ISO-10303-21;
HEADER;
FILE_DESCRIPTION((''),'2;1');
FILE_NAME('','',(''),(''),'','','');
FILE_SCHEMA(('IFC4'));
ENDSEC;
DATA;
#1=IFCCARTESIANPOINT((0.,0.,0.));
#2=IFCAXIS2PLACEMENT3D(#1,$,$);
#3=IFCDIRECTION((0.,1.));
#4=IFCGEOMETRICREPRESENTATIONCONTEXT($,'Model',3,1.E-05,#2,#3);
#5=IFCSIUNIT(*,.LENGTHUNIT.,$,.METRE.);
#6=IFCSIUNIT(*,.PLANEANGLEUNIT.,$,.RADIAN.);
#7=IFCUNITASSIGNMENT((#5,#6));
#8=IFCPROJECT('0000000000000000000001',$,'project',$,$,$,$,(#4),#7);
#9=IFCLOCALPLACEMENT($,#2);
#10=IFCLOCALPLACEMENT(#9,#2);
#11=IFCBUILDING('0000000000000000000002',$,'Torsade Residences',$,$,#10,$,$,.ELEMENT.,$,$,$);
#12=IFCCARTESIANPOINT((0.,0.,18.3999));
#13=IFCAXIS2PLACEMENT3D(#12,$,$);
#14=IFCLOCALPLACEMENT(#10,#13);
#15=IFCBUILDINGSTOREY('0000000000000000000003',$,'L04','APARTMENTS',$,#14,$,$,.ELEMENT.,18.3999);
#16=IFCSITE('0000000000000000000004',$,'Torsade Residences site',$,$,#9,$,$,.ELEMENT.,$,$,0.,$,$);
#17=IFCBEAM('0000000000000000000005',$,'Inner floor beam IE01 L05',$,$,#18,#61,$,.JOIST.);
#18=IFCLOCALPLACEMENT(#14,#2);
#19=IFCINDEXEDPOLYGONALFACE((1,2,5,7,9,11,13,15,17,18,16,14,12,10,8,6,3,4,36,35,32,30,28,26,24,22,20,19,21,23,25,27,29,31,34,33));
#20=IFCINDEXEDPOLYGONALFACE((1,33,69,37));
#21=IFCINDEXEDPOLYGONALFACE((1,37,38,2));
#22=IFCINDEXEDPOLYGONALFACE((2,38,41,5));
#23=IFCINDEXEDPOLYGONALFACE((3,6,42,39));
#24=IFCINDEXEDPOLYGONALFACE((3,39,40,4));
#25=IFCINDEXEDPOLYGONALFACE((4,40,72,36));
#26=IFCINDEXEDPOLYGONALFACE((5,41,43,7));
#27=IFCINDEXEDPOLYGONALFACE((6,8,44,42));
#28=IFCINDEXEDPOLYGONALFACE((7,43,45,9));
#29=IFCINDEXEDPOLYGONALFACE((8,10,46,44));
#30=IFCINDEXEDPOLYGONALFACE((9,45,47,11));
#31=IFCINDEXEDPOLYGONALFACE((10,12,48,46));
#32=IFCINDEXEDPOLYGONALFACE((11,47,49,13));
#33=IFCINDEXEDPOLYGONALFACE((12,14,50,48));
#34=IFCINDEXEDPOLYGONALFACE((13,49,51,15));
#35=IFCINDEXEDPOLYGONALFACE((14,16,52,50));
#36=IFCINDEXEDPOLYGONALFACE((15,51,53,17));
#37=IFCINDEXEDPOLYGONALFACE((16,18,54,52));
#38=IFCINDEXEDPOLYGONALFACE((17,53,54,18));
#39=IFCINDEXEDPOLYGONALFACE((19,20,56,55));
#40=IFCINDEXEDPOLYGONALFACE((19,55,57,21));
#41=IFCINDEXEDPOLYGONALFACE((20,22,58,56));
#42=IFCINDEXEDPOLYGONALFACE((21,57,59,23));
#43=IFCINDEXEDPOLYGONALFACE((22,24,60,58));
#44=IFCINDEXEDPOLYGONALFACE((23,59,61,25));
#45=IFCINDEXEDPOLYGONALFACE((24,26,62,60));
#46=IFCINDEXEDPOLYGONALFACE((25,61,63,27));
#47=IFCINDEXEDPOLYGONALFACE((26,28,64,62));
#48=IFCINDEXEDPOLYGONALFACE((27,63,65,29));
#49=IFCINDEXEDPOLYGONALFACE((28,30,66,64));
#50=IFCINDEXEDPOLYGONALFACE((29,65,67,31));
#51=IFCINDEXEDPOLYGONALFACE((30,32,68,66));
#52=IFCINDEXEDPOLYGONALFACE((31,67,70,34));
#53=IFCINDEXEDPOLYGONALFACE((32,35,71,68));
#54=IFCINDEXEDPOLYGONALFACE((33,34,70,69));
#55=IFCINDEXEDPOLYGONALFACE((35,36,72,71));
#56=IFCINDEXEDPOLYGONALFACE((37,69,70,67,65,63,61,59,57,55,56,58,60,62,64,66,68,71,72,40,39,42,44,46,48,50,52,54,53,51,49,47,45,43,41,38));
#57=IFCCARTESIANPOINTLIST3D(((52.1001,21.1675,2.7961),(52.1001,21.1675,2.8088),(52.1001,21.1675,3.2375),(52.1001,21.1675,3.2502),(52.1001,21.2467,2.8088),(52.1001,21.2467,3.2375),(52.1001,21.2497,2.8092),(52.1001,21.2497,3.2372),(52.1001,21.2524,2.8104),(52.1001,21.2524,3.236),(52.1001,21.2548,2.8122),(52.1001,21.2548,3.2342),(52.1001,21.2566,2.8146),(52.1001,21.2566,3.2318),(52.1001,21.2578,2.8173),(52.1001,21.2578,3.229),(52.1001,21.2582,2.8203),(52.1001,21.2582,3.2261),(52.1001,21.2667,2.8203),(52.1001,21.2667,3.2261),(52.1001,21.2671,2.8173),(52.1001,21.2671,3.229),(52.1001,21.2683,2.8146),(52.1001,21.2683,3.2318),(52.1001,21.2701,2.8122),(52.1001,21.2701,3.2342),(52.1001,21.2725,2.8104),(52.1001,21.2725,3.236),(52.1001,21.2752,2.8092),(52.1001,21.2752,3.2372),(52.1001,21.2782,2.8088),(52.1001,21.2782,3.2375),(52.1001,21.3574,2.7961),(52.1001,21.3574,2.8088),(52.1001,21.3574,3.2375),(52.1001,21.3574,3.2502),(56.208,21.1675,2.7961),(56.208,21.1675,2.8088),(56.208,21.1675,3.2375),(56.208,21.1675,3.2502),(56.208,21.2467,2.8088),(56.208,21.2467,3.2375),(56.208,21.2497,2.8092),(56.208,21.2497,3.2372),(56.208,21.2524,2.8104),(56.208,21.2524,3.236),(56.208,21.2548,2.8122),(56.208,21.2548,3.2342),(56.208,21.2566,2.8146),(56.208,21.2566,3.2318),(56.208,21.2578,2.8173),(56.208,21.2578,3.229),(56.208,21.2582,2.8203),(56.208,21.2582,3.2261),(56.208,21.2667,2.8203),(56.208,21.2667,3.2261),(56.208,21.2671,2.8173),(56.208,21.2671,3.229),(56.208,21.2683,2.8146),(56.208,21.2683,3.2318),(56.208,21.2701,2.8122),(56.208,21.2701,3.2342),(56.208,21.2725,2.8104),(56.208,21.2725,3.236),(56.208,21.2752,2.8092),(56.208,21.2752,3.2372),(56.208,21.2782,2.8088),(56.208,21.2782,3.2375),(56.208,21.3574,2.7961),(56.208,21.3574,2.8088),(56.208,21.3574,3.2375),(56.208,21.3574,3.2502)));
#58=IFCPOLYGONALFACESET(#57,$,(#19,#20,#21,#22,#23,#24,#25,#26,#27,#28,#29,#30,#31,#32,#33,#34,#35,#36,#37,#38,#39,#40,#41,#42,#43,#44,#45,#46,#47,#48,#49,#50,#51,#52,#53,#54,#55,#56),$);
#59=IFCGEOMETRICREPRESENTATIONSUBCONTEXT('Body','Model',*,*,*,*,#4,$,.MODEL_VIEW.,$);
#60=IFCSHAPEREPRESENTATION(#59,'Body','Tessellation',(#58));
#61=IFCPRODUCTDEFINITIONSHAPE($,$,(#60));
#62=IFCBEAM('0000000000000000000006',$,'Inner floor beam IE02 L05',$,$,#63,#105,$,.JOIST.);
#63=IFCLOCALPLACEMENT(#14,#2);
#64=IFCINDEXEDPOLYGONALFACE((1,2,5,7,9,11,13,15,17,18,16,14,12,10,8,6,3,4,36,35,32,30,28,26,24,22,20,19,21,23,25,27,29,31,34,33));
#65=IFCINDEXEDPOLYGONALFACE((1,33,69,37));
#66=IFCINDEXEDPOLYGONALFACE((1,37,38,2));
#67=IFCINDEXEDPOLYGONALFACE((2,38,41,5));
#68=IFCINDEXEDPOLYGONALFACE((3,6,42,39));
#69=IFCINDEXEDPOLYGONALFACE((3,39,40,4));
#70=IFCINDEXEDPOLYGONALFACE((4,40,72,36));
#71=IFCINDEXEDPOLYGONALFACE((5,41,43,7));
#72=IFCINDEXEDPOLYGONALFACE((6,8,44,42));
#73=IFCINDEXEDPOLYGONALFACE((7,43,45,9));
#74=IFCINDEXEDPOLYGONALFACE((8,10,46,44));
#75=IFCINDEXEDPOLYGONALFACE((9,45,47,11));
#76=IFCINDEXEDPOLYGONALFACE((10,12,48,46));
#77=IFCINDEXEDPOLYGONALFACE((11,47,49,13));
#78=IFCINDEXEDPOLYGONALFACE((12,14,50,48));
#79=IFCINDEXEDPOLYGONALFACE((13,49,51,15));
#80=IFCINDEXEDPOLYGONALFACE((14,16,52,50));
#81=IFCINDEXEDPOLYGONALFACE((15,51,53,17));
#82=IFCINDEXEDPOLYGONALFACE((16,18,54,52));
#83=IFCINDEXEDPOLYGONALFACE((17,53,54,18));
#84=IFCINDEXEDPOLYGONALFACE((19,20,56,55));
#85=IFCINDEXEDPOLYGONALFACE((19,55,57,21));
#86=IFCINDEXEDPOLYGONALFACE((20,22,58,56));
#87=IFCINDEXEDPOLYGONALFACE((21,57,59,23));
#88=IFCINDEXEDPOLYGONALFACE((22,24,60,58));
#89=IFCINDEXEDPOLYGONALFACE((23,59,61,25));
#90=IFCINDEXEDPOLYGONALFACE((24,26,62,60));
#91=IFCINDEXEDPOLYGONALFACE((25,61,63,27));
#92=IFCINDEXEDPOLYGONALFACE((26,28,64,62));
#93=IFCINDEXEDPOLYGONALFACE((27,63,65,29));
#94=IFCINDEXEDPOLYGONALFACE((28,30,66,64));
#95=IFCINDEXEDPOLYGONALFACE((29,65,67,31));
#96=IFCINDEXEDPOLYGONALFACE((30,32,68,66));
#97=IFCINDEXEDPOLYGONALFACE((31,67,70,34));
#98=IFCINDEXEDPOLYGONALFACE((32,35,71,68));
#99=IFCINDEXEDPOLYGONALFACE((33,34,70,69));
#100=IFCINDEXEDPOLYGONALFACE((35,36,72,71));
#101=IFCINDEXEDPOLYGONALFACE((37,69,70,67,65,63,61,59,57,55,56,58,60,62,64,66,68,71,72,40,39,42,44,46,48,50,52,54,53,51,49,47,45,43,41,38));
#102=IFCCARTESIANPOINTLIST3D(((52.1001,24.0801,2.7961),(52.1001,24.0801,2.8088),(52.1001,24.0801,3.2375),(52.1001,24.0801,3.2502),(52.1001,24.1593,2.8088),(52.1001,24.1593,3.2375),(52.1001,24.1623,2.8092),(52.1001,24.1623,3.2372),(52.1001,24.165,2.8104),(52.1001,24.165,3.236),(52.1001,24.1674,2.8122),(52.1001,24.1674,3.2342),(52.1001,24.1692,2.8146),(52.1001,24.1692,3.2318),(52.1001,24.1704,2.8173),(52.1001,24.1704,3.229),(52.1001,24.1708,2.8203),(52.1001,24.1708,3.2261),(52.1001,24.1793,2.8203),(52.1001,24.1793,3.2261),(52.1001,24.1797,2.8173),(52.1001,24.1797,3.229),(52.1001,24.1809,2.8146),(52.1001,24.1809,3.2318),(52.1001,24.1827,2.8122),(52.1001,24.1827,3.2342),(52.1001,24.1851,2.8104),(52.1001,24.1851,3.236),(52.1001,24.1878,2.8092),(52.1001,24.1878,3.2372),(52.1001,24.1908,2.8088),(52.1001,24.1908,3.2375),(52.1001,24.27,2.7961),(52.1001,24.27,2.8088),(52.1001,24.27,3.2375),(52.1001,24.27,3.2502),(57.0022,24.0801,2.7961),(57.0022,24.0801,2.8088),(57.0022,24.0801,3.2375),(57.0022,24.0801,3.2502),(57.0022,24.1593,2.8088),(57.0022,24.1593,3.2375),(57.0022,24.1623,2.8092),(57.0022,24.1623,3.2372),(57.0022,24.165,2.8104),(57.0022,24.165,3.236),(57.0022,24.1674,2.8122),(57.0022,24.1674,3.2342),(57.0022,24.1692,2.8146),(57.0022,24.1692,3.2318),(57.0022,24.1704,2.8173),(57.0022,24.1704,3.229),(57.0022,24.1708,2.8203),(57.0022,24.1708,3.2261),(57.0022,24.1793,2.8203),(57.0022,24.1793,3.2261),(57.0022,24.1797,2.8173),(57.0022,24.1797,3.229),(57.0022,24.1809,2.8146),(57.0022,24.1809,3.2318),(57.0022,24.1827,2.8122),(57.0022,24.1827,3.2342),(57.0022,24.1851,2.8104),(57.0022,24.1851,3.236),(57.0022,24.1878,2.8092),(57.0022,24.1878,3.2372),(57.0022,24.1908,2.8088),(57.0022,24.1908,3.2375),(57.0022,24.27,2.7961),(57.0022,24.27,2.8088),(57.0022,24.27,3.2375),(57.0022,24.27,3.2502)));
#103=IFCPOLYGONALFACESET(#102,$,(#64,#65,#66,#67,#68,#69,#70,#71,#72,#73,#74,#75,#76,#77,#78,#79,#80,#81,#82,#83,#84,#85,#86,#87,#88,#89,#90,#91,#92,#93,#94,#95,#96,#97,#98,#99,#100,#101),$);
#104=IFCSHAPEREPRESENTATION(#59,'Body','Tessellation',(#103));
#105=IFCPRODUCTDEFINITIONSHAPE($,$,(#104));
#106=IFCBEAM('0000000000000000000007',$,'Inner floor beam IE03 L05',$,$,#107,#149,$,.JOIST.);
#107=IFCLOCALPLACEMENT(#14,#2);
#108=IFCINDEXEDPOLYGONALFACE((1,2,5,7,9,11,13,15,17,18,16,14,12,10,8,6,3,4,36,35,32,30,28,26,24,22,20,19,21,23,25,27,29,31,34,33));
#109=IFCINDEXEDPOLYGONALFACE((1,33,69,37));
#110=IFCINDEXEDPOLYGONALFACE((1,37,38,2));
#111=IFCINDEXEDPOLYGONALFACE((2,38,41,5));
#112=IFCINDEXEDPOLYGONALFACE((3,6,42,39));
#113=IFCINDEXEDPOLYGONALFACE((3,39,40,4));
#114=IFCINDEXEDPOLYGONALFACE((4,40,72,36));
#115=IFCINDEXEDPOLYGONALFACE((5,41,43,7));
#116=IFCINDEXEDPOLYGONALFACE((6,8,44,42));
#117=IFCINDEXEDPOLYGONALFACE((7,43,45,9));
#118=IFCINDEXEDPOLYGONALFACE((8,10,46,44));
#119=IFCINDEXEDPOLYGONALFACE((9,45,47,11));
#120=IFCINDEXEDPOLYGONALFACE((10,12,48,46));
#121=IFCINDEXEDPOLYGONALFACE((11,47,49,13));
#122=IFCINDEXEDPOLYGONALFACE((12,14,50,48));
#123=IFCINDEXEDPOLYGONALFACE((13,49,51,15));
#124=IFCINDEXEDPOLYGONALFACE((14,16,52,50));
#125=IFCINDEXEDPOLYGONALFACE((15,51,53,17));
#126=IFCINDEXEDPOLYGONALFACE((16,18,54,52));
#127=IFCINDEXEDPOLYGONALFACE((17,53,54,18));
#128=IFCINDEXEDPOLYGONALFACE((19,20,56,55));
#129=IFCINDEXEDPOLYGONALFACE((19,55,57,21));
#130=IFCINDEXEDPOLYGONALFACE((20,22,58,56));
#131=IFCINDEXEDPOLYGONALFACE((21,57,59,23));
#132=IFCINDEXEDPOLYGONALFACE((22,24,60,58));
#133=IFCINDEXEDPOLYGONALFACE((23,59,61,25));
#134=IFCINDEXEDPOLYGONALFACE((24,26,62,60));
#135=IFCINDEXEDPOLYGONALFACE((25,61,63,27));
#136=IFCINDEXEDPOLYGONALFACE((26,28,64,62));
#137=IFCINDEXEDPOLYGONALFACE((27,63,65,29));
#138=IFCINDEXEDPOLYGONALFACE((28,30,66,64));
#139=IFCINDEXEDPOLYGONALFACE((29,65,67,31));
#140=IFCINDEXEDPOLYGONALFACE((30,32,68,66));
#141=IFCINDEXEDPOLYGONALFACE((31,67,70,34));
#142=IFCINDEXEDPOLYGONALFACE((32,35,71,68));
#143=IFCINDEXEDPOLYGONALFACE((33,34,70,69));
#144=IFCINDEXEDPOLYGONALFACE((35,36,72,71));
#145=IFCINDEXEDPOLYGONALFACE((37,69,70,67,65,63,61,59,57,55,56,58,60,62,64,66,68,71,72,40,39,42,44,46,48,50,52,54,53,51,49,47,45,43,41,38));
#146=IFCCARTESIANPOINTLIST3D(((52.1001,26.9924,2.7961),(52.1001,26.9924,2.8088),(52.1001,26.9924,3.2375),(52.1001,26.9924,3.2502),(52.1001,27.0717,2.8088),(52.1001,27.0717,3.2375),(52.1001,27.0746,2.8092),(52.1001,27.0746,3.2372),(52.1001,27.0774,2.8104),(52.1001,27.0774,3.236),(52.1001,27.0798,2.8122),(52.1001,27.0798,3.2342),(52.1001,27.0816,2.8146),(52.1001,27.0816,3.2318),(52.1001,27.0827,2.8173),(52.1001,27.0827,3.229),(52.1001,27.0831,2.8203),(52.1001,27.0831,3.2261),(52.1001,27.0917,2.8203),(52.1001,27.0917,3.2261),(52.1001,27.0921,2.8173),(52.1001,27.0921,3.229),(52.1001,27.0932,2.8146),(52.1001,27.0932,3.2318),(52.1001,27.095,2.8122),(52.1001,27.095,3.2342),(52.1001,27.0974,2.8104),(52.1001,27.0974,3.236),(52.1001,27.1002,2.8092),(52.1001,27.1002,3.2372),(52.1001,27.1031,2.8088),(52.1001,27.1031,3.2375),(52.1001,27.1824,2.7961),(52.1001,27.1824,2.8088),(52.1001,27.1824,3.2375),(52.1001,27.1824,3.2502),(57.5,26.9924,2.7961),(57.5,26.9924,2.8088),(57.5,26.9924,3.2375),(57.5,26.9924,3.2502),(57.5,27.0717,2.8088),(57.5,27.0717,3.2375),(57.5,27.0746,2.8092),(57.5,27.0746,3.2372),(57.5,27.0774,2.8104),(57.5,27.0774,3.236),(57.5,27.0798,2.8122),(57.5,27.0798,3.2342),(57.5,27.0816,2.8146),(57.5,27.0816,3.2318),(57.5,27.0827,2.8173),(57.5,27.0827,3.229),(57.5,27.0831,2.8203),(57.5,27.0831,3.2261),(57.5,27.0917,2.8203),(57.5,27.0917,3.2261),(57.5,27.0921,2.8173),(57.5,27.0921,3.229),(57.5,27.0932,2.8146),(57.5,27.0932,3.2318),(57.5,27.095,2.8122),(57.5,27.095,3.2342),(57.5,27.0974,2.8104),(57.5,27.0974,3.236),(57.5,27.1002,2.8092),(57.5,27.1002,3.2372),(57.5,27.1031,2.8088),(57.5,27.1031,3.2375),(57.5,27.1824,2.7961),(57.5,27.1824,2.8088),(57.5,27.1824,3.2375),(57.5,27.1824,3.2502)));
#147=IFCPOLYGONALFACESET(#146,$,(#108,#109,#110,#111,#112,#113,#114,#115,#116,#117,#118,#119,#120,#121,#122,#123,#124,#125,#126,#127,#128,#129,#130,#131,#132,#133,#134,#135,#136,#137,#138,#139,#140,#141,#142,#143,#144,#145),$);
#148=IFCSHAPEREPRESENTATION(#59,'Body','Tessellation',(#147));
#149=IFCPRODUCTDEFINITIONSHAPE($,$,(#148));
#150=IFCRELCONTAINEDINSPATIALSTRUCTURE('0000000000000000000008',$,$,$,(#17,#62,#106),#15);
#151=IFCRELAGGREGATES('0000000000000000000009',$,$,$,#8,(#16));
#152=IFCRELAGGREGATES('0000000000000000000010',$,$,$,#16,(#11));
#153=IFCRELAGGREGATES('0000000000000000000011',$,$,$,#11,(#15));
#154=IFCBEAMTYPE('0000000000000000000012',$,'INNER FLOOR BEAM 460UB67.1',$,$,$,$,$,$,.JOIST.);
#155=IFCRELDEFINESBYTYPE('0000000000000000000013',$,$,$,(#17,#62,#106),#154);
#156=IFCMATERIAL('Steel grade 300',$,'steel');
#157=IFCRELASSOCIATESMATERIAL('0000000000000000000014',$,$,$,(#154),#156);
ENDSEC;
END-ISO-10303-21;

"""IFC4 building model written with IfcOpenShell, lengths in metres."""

from ifc_helpers import new_model, si_unit, direction, frame, origin, origin_2d, place, context, subcontext, project, spatial, i_section, extrude, material, material_profile, profile_set, type_object, element, save


model = new_model("IFC4")

# Units and contexts
model_context = context("Model", 3, precision=1e-05, world=origin(), true_north=direction((0.0, 1.0)))
body_context = subcontext(model_context, "Body", "Model", "MODEL_VIEW")
ifc_project = project(units=[si_unit("LENGTHUNIT", "METRE"), si_unit("PLANEANGLEUNIT", "RADIAN")], contexts=[model_context])

# Site, building, storey
site_placement = place(None, origin())
site = spatial("IfcSite", under=ifc_project, at=site_placement, Name="Torsade Residences site", CompositionType="ELEMENT", RefElevation=0.0)
building_placement = place(site_placement, origin())
building = spatial("IfcBuilding", under=site, at=building_placement, Name="Torsade Residences", CompositionType="ELEMENT")
storey_placement = place(building_placement, frame((0.0, 0.0, 18.3999)))
storey = spatial("IfcBuildingStorey", under=building, at=storey_placement, Name="L04", Description="APARTMENTS", CompositionType="ELEMENT", Elevation=18.3999)

# Beams
ifc_material_1 = material(Name="Steel grade 300", Category="steel")
ifc_material_profile = material_profile(ifc_material_1, i_section(OverallWidth=0.1899, OverallDepth=0.4541, WebThickness=0.0085, FlangeThickness=0.0127, FilletRadius=0.0115, at=origin_2d()), Name="460UB67.1")
ifc_profile_set = profile_set([ifc_material_profile], Name="Steel grade 300")
beam_type = type_object("IfcBeamType", Name="INNER FLOOR BEAM 460UB67.1", PredefinedType="JOIST", material=ifc_profile_set)
beam_1_placement = place(storey_placement, frame((52.1001, 21.2625, 3.0232), z_axis=(1.0, 0.0, 0.0), x_axis=(0.0, 1.0, 0.0)))
element("IfcBeam", 1, at=beam_1_placement, inside=storey, type_object=beam_type, Name="Inner floor beam IE01 L05", PredefinedType="JOIST", context=body_context, shape_type="SweptSolid", body=[
    extrude(i_section(OverallWidth=0.1899, OverallDepth=0.4541, WebThickness=0.0085, FlangeThickness=0.0127, FilletRadius=0.0115, at=origin_2d()), origin(), (0.0, 0.0, 1.0), 4.1079),
])
beam_2_placement = place(storey_placement, frame((52.1001, 24.175, 3.0232), z_axis=(1.0, 0.0, 0.0), x_axis=(0.0, 1.0, 0.0)))
element("IfcBeam", 2, at=beam_2_placement, inside=storey, type_object=beam_type, Name="Inner floor beam IE02 L05", PredefinedType="JOIST", context=body_context, shape_type="SweptSolid", body=[
    extrude(i_section(OverallWidth=0.1899, OverallDepth=0.4541, WebThickness=0.0085, FlangeThickness=0.0127, FilletRadius=0.0115, at=origin_2d()), origin(), (0.0, 0.0, 1.0), 4.9021),
])
beam_3_placement = place(storey_placement, frame((52.1001, 27.0874, 3.0232), z_axis=(1.0, 0.0, 0.0), x_axis=(0.0, 1.0, 0.0)))
element("IfcBeam", 3, at=beam_3_placement, inside=storey, type_object=beam_type, Name="Inner floor beam IE03 L05", PredefinedType="JOIST", context=body_context, shape_type="SweptSolid", body=[
    extrude(i_section(OverallWidth=0.1899, OverallDepth=0.4541, WebThickness=0.0085, FlangeThickness=0.0127, FilletRadius=0.0115, at=origin_2d()), origin(), (0.0, 0.0, 1.0), 5.3999),
])

save(model, "model.ifc")
